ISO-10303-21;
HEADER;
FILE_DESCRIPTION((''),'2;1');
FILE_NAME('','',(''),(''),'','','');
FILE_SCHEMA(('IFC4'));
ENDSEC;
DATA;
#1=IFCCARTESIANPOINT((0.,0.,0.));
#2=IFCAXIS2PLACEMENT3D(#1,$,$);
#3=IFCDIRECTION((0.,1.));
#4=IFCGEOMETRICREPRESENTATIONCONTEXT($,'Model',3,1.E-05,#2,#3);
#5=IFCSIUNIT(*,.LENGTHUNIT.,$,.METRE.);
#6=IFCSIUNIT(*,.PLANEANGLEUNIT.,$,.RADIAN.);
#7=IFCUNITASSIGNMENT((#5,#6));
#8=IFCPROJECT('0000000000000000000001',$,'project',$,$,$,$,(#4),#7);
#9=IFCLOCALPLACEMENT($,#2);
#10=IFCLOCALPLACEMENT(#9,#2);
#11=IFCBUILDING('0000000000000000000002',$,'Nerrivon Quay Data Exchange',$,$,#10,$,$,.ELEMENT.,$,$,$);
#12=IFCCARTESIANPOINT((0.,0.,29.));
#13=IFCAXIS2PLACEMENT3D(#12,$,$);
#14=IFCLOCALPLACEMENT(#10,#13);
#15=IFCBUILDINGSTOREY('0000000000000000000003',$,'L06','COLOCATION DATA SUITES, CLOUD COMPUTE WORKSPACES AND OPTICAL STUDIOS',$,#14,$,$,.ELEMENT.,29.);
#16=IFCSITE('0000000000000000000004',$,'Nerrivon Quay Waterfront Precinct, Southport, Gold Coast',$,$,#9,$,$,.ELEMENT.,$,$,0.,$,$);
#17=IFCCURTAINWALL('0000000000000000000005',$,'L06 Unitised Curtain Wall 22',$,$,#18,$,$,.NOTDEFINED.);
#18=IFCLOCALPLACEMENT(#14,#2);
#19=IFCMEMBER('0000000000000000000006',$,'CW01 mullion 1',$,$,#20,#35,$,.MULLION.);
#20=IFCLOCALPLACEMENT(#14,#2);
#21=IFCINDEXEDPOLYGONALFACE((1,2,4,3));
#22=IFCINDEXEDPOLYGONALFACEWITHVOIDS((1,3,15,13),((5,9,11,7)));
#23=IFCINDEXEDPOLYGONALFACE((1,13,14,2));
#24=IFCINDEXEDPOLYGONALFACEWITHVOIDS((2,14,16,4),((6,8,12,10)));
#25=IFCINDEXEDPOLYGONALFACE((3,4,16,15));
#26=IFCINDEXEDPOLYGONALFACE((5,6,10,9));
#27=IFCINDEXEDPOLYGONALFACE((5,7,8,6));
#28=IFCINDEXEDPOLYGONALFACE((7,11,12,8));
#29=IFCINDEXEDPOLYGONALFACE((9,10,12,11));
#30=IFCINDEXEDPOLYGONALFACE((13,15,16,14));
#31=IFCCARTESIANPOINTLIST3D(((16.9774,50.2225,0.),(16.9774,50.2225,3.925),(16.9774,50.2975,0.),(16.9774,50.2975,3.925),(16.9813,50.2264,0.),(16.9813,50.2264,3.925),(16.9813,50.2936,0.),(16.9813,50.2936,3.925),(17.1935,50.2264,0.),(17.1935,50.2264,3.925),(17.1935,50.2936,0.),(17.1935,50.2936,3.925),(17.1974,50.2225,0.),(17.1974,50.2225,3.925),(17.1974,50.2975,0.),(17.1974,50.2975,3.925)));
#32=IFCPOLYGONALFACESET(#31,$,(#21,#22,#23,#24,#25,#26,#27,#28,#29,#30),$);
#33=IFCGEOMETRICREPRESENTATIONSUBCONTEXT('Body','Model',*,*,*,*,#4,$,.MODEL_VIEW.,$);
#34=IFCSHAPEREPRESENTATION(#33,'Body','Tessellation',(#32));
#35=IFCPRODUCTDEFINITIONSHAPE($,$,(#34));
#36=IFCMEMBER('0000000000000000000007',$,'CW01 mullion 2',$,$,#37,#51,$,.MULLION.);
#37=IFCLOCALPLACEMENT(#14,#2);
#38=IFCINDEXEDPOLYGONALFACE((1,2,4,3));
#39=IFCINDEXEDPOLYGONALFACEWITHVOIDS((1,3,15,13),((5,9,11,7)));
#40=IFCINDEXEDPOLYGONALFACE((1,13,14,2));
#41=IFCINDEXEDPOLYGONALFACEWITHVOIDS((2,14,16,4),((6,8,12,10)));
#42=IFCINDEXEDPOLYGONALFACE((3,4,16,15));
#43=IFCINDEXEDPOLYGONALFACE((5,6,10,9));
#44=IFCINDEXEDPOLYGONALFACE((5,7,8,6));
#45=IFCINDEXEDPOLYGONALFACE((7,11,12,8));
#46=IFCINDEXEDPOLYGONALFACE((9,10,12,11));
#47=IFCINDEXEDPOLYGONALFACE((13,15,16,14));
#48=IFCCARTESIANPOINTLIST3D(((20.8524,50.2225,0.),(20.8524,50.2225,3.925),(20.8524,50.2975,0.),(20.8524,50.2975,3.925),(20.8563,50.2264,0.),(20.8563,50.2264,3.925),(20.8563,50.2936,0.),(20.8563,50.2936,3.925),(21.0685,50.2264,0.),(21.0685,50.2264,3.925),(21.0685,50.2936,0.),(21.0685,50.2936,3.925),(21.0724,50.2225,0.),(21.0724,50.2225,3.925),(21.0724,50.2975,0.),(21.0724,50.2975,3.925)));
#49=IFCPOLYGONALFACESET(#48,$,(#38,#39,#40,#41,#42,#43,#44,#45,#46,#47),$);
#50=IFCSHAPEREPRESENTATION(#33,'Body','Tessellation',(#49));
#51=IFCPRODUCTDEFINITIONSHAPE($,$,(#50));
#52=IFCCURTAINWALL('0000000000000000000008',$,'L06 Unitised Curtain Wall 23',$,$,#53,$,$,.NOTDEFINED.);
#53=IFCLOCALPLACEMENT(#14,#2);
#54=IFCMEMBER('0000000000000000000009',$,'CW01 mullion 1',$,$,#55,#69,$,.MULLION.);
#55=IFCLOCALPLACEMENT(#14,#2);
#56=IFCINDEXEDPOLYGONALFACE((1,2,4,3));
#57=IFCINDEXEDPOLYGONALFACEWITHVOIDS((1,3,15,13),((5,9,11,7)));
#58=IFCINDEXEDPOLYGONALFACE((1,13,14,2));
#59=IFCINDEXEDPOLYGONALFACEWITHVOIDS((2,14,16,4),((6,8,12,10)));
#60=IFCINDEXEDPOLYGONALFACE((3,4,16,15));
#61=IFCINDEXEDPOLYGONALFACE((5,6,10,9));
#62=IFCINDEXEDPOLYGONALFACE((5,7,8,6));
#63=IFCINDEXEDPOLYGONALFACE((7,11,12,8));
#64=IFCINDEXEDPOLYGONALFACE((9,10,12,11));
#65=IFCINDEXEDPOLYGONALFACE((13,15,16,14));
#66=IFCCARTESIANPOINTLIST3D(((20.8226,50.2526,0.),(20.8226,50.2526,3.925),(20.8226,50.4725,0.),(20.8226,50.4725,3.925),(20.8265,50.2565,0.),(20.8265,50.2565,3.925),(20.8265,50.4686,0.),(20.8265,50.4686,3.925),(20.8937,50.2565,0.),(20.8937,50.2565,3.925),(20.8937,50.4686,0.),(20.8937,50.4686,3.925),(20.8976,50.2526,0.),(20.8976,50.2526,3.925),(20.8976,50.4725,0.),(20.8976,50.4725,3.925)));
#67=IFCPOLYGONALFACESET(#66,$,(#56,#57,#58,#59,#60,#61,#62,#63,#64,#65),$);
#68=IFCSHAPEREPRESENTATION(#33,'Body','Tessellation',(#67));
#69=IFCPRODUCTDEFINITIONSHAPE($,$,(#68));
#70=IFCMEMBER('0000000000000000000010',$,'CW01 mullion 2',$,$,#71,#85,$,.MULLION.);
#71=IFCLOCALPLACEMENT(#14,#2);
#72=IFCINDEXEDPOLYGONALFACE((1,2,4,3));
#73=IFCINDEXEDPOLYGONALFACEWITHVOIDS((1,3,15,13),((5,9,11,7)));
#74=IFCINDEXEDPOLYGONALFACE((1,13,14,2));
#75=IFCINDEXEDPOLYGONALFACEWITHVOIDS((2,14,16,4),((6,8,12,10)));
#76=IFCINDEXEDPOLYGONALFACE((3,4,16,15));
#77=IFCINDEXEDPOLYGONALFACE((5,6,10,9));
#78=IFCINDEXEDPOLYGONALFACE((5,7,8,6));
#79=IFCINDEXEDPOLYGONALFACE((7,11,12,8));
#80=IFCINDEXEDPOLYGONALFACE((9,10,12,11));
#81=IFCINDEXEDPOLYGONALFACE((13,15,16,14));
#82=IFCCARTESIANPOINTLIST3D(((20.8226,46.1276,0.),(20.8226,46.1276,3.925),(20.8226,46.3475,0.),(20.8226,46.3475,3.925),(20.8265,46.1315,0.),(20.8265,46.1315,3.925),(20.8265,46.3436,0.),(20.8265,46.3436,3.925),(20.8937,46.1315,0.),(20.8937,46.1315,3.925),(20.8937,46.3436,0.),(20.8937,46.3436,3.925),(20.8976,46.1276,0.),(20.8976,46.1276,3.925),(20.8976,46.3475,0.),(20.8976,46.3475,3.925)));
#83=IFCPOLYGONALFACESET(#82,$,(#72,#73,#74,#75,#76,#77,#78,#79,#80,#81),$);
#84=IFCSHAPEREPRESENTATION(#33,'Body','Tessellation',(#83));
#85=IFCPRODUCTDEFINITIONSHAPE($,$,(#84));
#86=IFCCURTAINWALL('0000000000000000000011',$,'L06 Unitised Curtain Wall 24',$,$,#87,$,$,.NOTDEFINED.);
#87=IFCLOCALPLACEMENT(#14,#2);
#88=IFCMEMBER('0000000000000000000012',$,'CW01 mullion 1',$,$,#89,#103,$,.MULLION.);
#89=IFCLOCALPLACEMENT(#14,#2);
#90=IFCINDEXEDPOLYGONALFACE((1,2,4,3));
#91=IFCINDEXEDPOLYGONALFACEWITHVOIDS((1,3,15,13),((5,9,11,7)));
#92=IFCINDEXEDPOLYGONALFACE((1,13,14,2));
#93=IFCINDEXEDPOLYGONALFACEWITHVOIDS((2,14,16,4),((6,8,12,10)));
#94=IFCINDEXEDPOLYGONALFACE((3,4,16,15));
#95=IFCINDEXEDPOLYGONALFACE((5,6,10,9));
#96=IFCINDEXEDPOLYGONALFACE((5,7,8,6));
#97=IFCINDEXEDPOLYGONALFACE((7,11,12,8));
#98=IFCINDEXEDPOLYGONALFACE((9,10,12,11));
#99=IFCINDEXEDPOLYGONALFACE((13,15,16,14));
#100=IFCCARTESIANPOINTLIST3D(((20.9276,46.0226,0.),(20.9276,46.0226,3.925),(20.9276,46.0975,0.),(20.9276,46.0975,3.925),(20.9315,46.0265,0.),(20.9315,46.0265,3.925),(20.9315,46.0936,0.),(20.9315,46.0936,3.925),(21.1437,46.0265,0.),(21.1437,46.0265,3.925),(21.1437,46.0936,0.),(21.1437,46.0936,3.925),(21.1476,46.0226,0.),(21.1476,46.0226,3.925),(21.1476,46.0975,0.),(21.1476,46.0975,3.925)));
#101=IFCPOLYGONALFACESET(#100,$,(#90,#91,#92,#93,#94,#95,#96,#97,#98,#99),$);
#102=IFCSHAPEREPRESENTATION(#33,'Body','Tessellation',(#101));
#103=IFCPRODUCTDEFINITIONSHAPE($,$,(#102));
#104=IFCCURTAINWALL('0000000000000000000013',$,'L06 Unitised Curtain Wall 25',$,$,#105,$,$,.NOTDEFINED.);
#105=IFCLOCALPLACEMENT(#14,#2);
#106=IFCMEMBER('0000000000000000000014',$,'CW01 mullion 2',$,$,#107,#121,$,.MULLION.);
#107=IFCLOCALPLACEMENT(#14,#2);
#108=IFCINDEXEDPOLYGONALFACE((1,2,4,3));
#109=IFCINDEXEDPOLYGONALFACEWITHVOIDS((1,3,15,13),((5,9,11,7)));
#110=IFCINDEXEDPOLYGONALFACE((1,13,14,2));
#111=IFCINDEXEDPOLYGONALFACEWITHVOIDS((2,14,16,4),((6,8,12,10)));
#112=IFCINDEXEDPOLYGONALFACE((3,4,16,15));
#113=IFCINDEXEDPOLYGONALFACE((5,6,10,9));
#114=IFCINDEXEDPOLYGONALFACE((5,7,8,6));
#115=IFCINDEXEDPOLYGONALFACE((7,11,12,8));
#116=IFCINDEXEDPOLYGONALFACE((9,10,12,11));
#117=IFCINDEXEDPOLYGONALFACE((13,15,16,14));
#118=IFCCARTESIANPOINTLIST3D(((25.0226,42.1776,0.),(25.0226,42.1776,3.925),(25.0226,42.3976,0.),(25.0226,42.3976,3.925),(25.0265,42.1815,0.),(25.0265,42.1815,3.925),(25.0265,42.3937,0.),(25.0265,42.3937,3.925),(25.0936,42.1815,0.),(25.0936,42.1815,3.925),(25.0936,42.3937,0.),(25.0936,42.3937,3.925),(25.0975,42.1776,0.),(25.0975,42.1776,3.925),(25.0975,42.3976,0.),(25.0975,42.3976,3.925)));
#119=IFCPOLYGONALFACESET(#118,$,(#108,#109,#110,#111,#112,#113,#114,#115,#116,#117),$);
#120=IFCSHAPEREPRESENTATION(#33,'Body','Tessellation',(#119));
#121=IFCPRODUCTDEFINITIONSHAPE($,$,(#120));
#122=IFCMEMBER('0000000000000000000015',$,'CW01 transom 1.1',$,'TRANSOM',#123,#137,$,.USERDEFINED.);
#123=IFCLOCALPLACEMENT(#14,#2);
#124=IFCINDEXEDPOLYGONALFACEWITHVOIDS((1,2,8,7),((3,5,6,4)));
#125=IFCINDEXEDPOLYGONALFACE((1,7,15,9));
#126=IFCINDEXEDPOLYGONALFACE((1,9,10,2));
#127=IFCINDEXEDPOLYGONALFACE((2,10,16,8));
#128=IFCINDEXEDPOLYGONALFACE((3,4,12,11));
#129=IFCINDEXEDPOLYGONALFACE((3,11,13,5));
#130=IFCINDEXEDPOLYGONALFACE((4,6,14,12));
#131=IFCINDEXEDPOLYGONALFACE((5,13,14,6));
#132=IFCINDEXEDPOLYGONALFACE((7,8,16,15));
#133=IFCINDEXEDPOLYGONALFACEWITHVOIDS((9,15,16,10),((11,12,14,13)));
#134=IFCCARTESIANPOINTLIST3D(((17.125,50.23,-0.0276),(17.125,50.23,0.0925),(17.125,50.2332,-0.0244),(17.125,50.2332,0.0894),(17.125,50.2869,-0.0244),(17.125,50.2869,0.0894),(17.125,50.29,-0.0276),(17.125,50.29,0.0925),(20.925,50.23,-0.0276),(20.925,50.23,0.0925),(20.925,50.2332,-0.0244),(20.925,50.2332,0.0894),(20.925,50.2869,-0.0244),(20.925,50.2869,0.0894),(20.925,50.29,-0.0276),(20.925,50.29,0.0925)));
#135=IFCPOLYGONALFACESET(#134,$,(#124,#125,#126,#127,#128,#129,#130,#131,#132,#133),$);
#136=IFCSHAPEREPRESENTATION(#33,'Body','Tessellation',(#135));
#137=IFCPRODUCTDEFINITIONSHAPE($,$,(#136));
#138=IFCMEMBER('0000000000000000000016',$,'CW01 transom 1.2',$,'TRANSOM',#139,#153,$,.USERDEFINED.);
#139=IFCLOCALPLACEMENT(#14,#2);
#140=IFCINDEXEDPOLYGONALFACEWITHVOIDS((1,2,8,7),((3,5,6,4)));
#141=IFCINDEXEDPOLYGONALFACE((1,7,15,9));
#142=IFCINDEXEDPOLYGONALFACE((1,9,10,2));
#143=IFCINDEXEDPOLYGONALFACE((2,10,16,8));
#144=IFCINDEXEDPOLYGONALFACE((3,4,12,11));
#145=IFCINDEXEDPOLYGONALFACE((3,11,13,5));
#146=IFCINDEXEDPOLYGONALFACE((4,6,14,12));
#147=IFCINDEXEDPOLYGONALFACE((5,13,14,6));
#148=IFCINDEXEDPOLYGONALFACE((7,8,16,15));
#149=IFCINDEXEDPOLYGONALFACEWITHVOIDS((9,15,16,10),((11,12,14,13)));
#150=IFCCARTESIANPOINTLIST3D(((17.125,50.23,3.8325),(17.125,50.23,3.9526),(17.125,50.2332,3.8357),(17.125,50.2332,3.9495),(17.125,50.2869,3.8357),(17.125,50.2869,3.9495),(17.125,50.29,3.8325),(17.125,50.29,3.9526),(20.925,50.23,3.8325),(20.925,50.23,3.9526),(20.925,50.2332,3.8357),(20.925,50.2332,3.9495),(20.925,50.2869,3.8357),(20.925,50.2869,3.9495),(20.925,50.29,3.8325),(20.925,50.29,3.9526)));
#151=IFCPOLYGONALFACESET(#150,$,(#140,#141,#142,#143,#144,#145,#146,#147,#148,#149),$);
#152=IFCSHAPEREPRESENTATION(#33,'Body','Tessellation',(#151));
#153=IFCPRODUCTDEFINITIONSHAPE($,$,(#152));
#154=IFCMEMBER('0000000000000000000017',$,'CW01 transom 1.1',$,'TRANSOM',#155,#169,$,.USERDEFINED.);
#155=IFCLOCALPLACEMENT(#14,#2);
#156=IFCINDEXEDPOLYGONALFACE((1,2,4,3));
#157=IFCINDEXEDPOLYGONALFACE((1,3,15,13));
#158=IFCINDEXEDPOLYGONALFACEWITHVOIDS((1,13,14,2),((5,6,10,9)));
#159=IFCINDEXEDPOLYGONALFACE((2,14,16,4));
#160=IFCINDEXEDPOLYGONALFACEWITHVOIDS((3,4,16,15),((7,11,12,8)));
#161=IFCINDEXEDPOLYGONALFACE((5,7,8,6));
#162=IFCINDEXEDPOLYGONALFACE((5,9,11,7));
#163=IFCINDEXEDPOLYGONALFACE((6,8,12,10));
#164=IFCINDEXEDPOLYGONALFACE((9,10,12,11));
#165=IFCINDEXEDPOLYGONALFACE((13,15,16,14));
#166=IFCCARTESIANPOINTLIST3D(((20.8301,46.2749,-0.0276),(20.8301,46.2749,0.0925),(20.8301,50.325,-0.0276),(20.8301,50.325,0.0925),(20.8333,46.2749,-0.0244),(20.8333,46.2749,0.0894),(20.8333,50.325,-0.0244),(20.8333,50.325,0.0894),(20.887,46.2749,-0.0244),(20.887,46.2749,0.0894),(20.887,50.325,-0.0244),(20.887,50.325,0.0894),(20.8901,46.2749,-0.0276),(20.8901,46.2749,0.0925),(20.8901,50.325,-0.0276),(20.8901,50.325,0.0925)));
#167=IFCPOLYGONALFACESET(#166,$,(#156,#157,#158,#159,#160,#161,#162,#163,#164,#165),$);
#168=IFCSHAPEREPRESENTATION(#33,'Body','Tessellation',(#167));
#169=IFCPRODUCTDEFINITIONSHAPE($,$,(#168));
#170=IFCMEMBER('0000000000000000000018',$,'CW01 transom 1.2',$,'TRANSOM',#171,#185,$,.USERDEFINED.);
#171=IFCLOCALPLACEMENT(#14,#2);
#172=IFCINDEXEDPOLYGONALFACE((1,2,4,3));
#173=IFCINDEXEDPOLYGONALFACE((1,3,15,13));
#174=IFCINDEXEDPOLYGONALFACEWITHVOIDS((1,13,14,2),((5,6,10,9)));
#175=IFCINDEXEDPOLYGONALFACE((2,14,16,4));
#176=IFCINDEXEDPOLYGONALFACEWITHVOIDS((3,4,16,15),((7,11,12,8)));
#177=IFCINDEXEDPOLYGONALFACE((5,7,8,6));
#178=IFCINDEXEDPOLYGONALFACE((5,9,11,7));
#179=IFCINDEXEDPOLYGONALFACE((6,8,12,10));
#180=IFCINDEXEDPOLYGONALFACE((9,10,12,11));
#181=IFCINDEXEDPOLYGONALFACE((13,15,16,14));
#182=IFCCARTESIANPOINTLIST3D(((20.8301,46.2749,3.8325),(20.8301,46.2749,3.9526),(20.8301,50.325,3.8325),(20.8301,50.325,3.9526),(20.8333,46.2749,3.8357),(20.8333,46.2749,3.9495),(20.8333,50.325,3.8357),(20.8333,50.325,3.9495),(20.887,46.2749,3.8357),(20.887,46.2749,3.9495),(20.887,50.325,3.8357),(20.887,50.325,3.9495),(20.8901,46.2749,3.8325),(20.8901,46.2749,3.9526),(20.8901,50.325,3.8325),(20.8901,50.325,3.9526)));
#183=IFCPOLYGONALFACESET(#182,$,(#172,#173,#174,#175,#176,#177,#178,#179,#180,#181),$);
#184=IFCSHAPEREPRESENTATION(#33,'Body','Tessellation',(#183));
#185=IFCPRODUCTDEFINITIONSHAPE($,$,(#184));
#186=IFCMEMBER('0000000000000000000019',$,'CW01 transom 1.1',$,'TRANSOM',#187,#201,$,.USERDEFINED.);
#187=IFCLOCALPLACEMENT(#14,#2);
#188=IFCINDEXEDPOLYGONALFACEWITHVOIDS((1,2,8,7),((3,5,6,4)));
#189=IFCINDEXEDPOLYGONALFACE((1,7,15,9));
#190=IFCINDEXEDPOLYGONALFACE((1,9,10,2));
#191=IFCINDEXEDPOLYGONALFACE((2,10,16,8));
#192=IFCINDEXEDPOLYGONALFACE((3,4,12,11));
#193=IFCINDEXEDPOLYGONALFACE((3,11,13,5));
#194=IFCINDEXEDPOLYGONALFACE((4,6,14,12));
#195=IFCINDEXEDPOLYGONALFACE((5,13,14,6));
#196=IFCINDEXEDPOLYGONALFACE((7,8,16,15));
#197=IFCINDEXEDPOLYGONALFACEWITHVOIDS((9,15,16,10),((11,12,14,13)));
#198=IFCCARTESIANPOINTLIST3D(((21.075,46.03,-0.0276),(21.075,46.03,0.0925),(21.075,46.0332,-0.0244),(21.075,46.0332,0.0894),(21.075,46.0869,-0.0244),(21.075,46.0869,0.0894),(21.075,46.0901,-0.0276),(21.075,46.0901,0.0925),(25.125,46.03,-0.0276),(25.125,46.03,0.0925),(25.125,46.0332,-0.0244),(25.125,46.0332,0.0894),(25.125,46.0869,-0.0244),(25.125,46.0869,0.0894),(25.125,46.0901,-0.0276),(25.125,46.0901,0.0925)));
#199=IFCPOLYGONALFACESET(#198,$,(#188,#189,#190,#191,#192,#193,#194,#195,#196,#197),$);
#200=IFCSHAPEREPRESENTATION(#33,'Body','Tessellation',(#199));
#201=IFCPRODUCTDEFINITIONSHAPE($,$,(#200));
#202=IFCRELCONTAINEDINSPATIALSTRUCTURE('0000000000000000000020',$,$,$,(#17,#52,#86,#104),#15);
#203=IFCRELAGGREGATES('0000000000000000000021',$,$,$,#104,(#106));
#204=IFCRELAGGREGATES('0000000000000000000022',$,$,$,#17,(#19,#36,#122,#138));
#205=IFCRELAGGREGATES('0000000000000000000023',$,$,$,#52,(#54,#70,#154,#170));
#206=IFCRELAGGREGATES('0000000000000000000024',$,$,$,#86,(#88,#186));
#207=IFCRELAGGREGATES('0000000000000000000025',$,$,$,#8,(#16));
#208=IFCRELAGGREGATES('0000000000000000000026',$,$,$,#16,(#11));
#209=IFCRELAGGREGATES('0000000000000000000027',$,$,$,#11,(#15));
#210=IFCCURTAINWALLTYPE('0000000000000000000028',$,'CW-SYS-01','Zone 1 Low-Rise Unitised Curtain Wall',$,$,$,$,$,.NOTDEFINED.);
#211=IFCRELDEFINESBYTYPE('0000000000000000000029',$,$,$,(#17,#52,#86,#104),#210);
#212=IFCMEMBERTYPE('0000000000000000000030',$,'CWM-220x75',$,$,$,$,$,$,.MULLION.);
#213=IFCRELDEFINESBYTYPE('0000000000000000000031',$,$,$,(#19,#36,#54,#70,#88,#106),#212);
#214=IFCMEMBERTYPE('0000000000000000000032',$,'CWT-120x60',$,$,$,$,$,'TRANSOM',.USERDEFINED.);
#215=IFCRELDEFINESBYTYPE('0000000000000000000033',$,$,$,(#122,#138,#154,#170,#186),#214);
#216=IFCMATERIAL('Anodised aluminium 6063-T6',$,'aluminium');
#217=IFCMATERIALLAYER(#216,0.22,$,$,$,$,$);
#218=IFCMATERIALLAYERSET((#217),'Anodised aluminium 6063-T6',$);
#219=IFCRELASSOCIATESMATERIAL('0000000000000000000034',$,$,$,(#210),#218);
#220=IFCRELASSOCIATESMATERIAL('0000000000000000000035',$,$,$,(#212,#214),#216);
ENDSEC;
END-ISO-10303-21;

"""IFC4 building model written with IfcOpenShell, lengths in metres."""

from ifc_helpers import new_model, si_unit, direction, frame, origin, origin_2d, place, context, subcontext, project, spatial, hollow_rectangle, extrude, material, layer, layer_set, material_profile, profile_set, type_object, element, aggregate, save


model = new_model("IFC4")

# Units and contexts
model_context = context("Model", 3, precision=1e-05, world=origin(), true_north=direction((0.0, 1.0)))
body_context = subcontext(model_context, "Body", "Model", "MODEL_VIEW")
ifc_project = project(units=[si_unit("LENGTHUNIT", "METRE"), si_unit("PLANEANGLEUNIT", "RADIAN")], contexts=[model_context])

# Site, building, storey
site_placement = place(None, origin())
site = spatial("IfcSite", under=ifc_project, at=site_placement, Name="Nerrivon Quay Waterfront Precinct, Southport, Gold Coast", CompositionType="ELEMENT", RefElevation=0.0)
building_placement = place(site_placement, origin())
building = spatial("IfcBuilding", under=site, at=building_placement, Name="Nerrivon Quay Data Exchange", CompositionType="ELEMENT")
storey_placement = place(building_placement, frame((0.0, 0.0, 29.0)))
storey = spatial("IfcBuildingStorey", under=building, at=storey_placement, Name="L06", Description="COLOCATION DATA SUITES, CLOUD COMPUTE WORKSPACES AND OPTICAL STUDIOS", CompositionType="ELEMENT", Elevation=29.0)

# Curtain walls, members
ifc_material_1 = material(Name="Anodised aluminium 6063-T6", Category="aluminium")
ifc_layer_1 = layer(ifc_material_1, 0.22)
ifc_layer_set_1 = layer_set([ifc_layer_1], Name="Anodised aluminium 6063-T6")
curtain_wall_type = type_object("IfcCurtainWallType", Name="CW-SYS-01", Description="Zone 1 Low-Rise Unitised Curtain Wall", PredefinedType="NOTDEFINED", material=ifc_layer_set_1)
curtain_wall_1_placement = place(storey_placement, origin())
curtain_wall_1 = element("IfcCurtainWall", 1, at=curtain_wall_1_placement, inside=storey, type_object=curtain_wall_type, Name="L06 Unitised Curtain Wall 22", PredefinedType="NOTDEFINED")
ifc_material_profile_1 = material_profile(ifc_material_1, hollow_rectangle(XDim=0.075, YDim=0.22, WallThickness=0.0039, at=origin_2d()), Name="ALU-MULL-220x75")
ifc_profile_set_1 = profile_set([ifc_material_profile_1], Name="Anodised aluminium 6063-T6")
member_type_1 = type_object("IfcMemberType", Name="CWM-220x75", PredefinedType="MULLION", material=ifc_profile_set_1)
member_1_placement = place(storey_placement, frame((17.0874, 50.26, 0.0), z_axis=(0.0, 0.0, 1.0), x_axis=(0.0, 1.0, 0.0)))
member_1 = element("IfcMember", 2, at=member_1_placement, type_object=member_type_1, Name="CW01 mullion 1", PredefinedType="MULLION", context=body_context, shape_type="SweptSolid", body=[
    extrude(hollow_rectangle(XDim=0.075, YDim=0.22, WallThickness=0.0039, at=origin_2d()), origin(), (0.0, 0.0, 1.0), 3.925),
])
member_2_placement = place(storey_placement, frame((20.9624, 50.26, 0.0), z_axis=(0.0, 0.0, 1.0), x_axis=(0.0, 1.0, 0.0)))
member_2 = element("IfcMember", 3, at=member_2_placement, type_object=member_type_1, Name="CW01 mullion 2", PredefinedType="MULLION", context=body_context, shape_type="SweptSolid", body=[
    extrude(hollow_rectangle(XDim=0.075, YDim=0.22, WallThickness=0.0039, at=origin_2d()), origin(), (0.0, 0.0, 1.0), 3.925),
])
curtain_wall_2_placement = place(storey_placement, origin())
curtain_wall_2 = element("IfcCurtainWall", 4, at=curtain_wall_2_placement, inside=storey, type_object=curtain_wall_type, Name="L06 Unitised Curtain Wall 23", PredefinedType="NOTDEFINED")
member_3_placement = place(storey_placement, frame((20.8601, 50.3625, 0.0), z_axis=(0.0, 0.0, 1.0), x_axis=(1.0, 0.0, 0.0)))
member_3 = element("IfcMember", 5, at=member_3_placement, type_object=member_type_1, Name="CW01 mullion 1", PredefinedType="MULLION", context=body_context, shape_type="SweptSolid", body=[
    extrude(hollow_rectangle(XDim=0.075, YDim=0.22, WallThickness=0.0039, at=origin_2d()), origin(), (0.0, 0.0, 1.0), 3.925),
])
member_4_placement = place(storey_placement, frame((20.8601, 46.2375, 0.0), z_axis=(0.0, 0.0, 1.0), x_axis=(1.0, 0.0, 0.0)))
member_4 = element("IfcMember", 6, at=member_4_placement, type_object=member_type_1, Name="CW01 mullion 2", PredefinedType="MULLION", context=body_context, shape_type="SweptSolid", body=[
    extrude(hollow_rectangle(XDim=0.075, YDim=0.22, WallThickness=0.0039, at=origin_2d()), origin(), (0.0, 0.0, 1.0), 3.925),
])

# Curtain walls, members
curtain_wall_3_placement = place(storey_placement, origin())
curtain_wall_3 = element("IfcCurtainWall", 7, at=curtain_wall_3_placement, inside=storey, type_object=curtain_wall_type, Name="L06 Unitised Curtain Wall 24", PredefinedType="NOTDEFINED")
member_5_placement = place(storey_placement, frame((21.0376, 46.0601, 0.0), z_axis=(0.0, 0.0, 1.0), x_axis=(0.0, 1.0, 0.0)))
member_5 = element("IfcMember", 8, at=member_5_placement, type_object=member_type_1, Name="CW01 mullion 1", PredefinedType="MULLION", context=body_context, shape_type="SweptSolid", body=[
    extrude(hollow_rectangle(XDim=0.075, YDim=0.22, WallThickness=0.0039, at=origin_2d()), origin(), (0.0, 0.0, 1.0), 3.925),
])
curtain_wall_4_placement = place(storey_placement, origin())
curtain_wall_4 = element("IfcCurtainWall", 9, at=curtain_wall_4_placement, inside=storey, type_object=curtain_wall_type, Name="L06 Unitised Curtain Wall 25", PredefinedType="NOTDEFINED")
member_6_placement = place(storey_placement, frame((25.0601, 42.2876, 0.0), z_axis=(0.0, 0.0, 1.0), x_axis=(1.0, 0.0, 0.0)))
member_6 = element("IfcMember", 10, at=member_6_placement, type_object=member_type_1, Name="CW01 mullion 2", PredefinedType="MULLION", context=body_context, shape_type="SweptSolid", body=[
    extrude(hollow_rectangle(XDim=0.075, YDim=0.22, WallThickness=0.0039, at=origin_2d()), origin(), (0.0, 0.0, 1.0), 3.925),
])
aggregate(curtain_wall_4, [member_6])

# Members
ifc_material_profile_2 = material_profile(ifc_material_1, hollow_rectangle(XDim=0.0601, YDim=0.1201, WallThickness=0.0032, at=origin_2d()), Name="ALU-TRAN-120x60")
ifc_profile_set_2 = profile_set([ifc_material_profile_2], Name="Anodised aluminium 6063-T6")
member_type_2 = type_object("IfcMemberType", Name="CWT-120x60", ElementType="TRANSOM", PredefinedType="USERDEFINED", material=ifc_profile_set_2)
member_7_placement = place(storey_placement, frame((17.125, 50.26, 0.0325), z_axis=(1.0, 0.0, 0.0), x_axis=(0.0, 1.0, 0.0)))
member_7 = element("IfcMember", 11, at=member_7_placement, type_object=member_type_2, Name="CW01 transom 1.1", ObjectType="TRANSOM", PredefinedType="USERDEFINED", context=body_context, shape_type="SweptSolid", body=[
    extrude(hollow_rectangle(XDim=0.0601, YDim=0.1201, WallThickness=0.0032, at=origin_2d()), origin(), (0.0, 0.0, 1.0), 3.8),
])
member_8_placement = place(storey_placement, frame((17.125, 50.26, 3.8926), z_axis=(1.0, 0.0, 0.0), x_axis=(0.0, 1.0, 0.0)))
member_8 = element("IfcMember", 12, at=member_8_placement, type_object=member_type_2, Name="CW01 transom 1.2", ObjectType="TRANSOM", PredefinedType="USERDEFINED", context=body_context, shape_type="SweptSolid", body=[
    extrude(hollow_rectangle(XDim=0.0601, YDim=0.1201, WallThickness=0.0032, at=origin_2d()), origin(), (0.0, 0.0, 1.0), 3.8),
])
member_9_placement = place(storey_placement, frame((20.8601, 50.325, 0.0325), z_axis=(0.0, -1.0, 0.0), x_axis=(1.0, 0.0, 0.0)))
member_9 = element("IfcMember", 13, at=member_9_placement, type_object=member_type_2, Name="CW01 transom 1.1", ObjectType="TRANSOM", PredefinedType="USERDEFINED", context=body_context, shape_type="SweptSolid", body=[
    extrude(hollow_rectangle(XDim=0.0601, YDim=0.1201, WallThickness=0.0032, at=origin_2d()), origin(), (0.0, 0.0, 1.0), 4.05),
])
member_10_placement = place(storey_placement, frame((20.8601, 50.325, 3.8926), z_axis=(0.0, -1.0, 0.0), x_axis=(1.0, 0.0, 0.0)))
member_10 = element("IfcMember", 14, at=member_10_placement, type_object=member_type_2, Name="CW01 transom 1.2", ObjectType="TRANSOM", PredefinedType="USERDEFINED", context=body_context, shape_type="SweptSolid", body=[
    extrude(hollow_rectangle(XDim=0.0601, YDim=0.1201, WallThickness=0.0032, at=origin_2d()), origin(), (0.0, 0.0, 1.0), 4.05),
])
member_11_placement = place(storey_placement, frame((21.075, 46.0601, 0.0325), z_axis=(1.0, 0.0, 0.0), x_axis=(0.0, 1.0, 0.0)))
member_11 = element("IfcMember", 15, at=member_11_placement, type_object=member_type_2, Name="CW01 transom 1.1", ObjectType="TRANSOM", PredefinedType="USERDEFINED", context=body_context, shape_type="SweptSolid", body=[
    extrude(hollow_rectangle(XDim=0.0601, YDim=0.1201, WallThickness=0.0032, at=origin_2d()), origin(), (0.0, 0.0, 1.0), 4.05),
])

aggregate(curtain_wall_1, [member_1, member_2, member_7, member_8])
aggregate(curtain_wall_2, [member_3, member_4, member_9, member_10])
aggregate(curtain_wall_3, [member_5, member_11])

save(model, "model.ifc")
